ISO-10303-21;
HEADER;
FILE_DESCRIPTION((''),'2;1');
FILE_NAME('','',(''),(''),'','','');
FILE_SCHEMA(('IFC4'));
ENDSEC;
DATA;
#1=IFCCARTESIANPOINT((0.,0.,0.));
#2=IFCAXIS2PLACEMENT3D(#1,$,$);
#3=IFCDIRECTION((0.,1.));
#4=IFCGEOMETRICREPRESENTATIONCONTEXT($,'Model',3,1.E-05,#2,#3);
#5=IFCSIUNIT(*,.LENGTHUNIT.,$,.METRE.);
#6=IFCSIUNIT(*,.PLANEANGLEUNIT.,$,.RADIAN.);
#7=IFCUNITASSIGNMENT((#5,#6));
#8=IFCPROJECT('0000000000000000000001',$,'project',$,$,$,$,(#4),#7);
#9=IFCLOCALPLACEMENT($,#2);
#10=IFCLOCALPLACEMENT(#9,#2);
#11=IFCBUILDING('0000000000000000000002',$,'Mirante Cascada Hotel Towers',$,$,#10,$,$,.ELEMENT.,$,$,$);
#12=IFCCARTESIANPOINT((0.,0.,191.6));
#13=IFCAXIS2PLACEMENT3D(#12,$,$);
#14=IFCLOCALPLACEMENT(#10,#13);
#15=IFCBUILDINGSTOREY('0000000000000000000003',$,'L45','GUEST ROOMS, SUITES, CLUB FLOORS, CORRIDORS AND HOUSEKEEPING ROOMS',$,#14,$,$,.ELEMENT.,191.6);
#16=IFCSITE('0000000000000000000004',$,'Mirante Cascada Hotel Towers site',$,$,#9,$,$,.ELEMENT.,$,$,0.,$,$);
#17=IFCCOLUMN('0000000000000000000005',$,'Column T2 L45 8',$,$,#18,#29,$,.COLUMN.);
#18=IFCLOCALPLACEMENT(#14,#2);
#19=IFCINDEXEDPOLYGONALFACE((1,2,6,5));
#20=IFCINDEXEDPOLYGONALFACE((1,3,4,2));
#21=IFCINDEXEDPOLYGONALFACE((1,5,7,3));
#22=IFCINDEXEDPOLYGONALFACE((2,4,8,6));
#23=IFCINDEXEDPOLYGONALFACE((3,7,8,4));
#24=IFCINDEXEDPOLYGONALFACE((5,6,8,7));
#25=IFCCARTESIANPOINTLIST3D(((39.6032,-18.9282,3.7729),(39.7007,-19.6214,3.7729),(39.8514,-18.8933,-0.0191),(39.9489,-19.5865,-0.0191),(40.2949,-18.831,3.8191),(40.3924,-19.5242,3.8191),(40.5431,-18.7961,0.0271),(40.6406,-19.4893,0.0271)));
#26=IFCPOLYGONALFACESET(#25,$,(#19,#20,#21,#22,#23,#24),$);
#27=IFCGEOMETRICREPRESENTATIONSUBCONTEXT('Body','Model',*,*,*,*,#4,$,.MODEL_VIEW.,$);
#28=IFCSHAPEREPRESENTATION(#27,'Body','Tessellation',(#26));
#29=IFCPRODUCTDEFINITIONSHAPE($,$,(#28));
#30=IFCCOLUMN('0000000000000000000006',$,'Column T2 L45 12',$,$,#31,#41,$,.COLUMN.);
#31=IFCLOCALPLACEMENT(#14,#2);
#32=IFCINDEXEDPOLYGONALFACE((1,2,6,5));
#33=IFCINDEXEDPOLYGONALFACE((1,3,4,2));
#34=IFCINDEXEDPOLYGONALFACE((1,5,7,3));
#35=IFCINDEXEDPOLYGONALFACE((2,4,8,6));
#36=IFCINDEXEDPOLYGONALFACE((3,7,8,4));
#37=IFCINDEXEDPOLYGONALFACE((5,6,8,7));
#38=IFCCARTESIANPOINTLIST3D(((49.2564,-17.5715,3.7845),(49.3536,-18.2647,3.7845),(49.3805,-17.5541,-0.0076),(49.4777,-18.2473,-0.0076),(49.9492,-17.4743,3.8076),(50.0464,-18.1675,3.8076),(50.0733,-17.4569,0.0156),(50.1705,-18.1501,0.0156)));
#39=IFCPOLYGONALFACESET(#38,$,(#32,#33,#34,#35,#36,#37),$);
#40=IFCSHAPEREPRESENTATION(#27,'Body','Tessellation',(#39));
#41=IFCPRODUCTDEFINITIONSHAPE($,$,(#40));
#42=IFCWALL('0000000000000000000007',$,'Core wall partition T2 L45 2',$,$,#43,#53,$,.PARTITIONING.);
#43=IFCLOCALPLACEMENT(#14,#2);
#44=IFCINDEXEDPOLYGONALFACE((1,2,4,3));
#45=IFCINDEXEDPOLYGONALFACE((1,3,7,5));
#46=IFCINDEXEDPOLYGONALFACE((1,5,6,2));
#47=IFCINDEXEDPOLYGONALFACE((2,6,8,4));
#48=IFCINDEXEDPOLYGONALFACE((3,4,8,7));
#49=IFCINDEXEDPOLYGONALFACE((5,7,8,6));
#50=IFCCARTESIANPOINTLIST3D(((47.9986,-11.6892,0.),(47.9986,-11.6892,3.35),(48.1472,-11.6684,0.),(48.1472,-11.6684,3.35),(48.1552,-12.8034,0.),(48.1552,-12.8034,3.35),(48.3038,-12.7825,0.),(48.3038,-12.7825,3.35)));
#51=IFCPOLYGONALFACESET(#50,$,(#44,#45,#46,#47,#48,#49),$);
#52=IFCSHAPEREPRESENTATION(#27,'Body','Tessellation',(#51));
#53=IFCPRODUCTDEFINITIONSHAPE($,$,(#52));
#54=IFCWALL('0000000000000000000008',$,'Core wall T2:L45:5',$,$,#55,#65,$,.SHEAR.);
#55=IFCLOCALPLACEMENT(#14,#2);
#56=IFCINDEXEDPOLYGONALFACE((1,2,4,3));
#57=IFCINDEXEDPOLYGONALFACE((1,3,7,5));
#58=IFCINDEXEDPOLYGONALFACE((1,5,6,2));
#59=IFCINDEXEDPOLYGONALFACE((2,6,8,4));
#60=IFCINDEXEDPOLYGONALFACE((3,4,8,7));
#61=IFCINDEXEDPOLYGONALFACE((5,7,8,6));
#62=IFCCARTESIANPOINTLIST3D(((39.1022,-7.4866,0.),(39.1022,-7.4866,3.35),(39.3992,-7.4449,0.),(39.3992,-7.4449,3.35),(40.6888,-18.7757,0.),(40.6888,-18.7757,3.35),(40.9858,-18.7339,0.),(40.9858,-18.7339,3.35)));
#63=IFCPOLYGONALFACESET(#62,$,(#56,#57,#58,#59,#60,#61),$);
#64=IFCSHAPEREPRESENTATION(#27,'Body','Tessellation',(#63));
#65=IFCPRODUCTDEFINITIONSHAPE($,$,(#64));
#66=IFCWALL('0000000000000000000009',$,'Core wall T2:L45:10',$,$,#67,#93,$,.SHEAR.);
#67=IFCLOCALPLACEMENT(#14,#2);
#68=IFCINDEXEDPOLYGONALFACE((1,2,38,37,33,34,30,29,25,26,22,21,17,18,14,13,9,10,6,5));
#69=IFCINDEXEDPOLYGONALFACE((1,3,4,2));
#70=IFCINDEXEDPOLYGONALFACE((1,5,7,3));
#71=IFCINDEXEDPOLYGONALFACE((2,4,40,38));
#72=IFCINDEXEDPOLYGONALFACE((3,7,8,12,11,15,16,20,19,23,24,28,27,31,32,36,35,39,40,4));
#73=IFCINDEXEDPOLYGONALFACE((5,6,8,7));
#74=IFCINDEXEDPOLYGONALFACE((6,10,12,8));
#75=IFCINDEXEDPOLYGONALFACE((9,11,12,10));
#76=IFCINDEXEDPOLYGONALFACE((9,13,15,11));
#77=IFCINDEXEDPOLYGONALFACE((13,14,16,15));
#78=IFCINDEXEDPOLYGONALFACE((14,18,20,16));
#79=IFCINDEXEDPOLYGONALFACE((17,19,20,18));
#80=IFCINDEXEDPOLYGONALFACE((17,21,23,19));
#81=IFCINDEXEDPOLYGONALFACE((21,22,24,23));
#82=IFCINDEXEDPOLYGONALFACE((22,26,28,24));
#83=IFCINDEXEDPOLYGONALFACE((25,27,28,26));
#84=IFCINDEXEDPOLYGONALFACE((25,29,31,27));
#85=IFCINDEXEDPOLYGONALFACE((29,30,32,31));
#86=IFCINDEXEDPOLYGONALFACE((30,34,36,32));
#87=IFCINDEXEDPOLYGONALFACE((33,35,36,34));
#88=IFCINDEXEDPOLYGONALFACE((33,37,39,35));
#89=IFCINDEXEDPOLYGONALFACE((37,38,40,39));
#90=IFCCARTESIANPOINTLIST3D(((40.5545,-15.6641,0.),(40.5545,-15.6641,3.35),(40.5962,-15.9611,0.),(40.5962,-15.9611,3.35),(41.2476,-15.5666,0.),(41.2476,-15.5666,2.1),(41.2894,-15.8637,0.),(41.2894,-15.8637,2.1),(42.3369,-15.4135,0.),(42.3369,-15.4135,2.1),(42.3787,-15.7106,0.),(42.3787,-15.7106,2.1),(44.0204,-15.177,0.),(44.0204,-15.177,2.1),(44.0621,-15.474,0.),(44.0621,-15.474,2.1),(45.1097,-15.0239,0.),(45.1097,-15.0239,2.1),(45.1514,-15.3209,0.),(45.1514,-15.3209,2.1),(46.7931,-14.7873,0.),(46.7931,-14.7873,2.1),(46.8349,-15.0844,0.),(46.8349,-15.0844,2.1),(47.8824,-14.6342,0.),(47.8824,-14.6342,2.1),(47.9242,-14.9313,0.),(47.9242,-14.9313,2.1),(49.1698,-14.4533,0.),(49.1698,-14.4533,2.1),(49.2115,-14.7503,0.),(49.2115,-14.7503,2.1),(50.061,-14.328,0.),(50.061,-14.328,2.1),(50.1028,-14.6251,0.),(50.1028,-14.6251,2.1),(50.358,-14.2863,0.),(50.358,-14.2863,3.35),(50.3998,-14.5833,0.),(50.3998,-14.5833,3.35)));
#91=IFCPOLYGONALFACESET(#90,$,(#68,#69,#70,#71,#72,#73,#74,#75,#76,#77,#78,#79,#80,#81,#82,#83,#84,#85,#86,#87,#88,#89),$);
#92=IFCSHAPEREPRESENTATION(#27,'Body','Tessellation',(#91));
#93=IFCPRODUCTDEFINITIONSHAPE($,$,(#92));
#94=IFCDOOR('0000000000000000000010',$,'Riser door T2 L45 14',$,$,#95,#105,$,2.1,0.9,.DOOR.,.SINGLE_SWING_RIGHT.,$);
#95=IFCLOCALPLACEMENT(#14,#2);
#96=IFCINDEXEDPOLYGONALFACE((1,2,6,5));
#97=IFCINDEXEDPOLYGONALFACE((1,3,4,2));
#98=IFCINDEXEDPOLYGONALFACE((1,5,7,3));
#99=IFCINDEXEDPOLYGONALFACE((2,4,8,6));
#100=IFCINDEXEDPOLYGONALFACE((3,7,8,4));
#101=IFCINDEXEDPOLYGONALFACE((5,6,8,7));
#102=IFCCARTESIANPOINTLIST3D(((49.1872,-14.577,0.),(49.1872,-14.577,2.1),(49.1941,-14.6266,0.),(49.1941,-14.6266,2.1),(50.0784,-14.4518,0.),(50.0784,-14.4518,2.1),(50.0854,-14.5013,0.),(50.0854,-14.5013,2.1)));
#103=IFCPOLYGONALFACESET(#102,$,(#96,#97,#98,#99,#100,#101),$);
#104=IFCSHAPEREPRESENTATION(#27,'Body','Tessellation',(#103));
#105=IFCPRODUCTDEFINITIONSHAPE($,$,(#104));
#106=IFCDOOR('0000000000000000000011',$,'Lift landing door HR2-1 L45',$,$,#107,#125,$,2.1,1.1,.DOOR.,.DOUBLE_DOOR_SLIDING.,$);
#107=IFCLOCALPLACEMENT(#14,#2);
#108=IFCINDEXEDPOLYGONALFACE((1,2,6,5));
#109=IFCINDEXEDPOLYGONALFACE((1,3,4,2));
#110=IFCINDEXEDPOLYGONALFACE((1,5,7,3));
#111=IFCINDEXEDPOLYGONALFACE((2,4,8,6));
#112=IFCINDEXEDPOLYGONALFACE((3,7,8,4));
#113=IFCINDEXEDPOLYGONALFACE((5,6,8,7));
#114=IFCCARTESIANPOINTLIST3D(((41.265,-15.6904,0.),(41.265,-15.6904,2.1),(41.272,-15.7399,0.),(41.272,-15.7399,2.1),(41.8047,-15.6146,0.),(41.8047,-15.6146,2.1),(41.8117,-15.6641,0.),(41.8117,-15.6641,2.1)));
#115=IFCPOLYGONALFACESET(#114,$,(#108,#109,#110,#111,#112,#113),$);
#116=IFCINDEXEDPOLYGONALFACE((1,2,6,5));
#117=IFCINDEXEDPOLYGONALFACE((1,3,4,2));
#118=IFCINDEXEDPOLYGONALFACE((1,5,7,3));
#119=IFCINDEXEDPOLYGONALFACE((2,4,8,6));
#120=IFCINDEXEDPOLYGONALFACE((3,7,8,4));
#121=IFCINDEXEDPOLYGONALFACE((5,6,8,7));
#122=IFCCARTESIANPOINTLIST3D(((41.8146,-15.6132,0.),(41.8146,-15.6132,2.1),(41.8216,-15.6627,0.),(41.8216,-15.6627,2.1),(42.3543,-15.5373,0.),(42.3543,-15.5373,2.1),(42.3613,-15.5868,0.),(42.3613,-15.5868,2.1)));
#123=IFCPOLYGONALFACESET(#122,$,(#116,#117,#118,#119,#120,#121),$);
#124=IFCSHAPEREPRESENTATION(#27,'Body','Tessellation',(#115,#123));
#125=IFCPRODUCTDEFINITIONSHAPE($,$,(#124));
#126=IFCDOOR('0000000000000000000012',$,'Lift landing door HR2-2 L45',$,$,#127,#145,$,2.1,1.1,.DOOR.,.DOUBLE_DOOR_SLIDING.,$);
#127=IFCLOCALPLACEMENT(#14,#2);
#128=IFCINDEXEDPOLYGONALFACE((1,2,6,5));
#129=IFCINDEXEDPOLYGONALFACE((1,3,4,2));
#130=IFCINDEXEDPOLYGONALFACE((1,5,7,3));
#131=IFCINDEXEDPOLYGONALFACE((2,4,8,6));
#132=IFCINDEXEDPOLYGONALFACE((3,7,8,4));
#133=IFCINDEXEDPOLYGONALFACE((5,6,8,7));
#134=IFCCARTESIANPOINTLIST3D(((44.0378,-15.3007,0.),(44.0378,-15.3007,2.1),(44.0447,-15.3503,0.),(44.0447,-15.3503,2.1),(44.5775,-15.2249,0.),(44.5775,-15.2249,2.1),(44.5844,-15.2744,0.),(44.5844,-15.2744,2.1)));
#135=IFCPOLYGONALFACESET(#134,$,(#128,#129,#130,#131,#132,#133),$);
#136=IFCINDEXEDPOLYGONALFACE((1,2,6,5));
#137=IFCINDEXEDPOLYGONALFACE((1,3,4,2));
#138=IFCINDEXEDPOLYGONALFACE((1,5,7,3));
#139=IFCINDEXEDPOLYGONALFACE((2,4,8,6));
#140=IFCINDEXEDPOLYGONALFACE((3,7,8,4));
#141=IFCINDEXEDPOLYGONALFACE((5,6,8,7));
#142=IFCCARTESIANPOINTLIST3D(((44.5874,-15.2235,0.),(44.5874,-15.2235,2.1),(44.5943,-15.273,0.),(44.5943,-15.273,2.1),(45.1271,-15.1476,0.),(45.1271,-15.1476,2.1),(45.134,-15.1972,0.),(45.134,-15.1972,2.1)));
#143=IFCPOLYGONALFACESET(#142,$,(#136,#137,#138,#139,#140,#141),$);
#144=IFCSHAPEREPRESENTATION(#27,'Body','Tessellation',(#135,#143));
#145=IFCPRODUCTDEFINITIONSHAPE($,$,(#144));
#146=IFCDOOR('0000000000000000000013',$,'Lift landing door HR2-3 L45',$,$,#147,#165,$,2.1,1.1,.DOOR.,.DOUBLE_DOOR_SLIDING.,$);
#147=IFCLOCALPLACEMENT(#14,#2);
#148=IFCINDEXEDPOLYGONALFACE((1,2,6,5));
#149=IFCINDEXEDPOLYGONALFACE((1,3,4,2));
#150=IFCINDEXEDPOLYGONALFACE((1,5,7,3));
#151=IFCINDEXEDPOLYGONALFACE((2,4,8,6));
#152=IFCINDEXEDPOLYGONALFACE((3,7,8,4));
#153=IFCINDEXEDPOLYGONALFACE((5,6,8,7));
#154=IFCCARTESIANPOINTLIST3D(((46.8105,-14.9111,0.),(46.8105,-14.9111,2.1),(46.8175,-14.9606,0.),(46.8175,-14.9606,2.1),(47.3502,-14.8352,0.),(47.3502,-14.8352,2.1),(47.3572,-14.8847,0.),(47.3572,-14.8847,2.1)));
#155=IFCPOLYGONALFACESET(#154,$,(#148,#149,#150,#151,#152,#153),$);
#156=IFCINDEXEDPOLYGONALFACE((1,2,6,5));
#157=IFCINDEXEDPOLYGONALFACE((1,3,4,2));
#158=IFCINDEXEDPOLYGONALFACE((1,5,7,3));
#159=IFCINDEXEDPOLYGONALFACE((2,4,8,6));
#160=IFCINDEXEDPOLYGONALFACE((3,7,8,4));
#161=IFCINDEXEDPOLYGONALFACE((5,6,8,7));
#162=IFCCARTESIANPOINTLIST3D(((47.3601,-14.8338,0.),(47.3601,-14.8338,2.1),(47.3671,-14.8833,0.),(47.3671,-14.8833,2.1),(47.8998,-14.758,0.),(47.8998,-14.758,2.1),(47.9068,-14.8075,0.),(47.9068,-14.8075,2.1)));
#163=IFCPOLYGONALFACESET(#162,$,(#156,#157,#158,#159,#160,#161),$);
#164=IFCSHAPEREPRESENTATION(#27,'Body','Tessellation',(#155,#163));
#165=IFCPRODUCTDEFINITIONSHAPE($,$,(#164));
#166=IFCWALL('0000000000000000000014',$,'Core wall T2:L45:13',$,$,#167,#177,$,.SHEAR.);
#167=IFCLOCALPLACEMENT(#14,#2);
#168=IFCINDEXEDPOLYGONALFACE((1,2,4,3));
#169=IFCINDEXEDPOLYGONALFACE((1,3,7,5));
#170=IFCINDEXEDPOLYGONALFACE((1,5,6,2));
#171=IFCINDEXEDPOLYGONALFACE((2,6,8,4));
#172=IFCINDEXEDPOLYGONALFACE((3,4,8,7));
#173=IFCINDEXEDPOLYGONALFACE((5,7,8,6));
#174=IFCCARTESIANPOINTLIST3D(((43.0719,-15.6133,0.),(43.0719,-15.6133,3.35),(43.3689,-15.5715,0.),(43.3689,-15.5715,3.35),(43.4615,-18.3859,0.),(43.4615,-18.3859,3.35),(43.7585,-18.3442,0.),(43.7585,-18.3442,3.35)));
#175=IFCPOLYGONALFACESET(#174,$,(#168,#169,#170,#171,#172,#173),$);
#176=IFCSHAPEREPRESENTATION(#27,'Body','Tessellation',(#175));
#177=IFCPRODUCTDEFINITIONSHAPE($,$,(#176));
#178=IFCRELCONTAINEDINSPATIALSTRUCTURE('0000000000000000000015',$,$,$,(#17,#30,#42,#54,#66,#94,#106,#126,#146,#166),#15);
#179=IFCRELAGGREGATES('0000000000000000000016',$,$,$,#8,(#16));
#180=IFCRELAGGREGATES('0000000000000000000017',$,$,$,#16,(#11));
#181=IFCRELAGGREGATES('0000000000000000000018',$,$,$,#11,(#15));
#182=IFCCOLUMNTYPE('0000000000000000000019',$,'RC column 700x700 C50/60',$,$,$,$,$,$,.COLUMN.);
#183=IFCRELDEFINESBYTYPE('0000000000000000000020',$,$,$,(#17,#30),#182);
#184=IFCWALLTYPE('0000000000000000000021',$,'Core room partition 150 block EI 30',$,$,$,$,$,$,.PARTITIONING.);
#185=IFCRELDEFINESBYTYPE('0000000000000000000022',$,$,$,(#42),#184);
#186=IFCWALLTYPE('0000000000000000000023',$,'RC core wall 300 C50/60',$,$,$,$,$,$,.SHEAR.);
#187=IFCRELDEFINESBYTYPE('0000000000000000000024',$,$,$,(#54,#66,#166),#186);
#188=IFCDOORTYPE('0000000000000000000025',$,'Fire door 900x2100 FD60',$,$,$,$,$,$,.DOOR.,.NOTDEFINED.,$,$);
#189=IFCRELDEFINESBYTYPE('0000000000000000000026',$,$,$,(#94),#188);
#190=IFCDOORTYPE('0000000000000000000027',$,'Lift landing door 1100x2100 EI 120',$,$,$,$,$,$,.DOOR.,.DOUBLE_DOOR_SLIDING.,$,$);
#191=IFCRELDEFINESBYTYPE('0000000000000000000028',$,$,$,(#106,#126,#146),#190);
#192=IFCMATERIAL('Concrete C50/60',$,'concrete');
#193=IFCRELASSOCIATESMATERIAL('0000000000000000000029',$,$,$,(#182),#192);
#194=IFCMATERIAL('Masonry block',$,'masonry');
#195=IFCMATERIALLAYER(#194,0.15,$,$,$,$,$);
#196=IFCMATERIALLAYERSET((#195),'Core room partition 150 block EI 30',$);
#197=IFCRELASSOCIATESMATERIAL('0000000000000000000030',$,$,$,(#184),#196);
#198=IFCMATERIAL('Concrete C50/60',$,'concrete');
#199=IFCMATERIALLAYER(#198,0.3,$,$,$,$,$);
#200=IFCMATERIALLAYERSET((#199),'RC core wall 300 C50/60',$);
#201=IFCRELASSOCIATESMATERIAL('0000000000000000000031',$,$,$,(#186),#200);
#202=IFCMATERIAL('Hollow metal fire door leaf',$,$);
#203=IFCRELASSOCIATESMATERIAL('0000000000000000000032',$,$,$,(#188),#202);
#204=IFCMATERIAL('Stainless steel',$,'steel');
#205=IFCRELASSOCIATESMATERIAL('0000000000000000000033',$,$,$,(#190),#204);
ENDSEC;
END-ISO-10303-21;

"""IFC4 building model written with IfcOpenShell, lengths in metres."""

from ifc_helpers import new_model, si_unit, direction, frame, frame_2d, origin, origin_2d, place, context, subcontext, project, spatial, rectangle, extrude, material, layer, layer_set, material_profile, profile_set, type_object, element, fill, save


model = new_model("IFC4")

# Units and contexts
model_context = context("Model", 3, precision=1e-05, world=origin(), true_north=direction((0.0, 1.0)))
body_context = subcontext(model_context, "Body", "Model", "MODEL_VIEW")
ifc_project = project(units=[si_unit("LENGTHUNIT", "METRE"), si_unit("PLANEANGLEUNIT", "RADIAN")], contexts=[model_context])

# Site, building, storey
site_placement = place(None, origin())
site = spatial("IfcSite", under=ifc_project, at=site_placement, Name="Mirante Cascada Hotel Towers site", CompositionType="ELEMENT", RefElevation=0.0)
building_placement = place(site_placement, origin())
building = spatial("IfcBuilding", under=site, at=building_placement, Name="Mirante Cascada Hotel Towers", CompositionType="ELEMENT")
storey_placement = place(building_placement, frame((0.0, 0.0, 191.6)))
storey = spatial("IfcBuildingStorey", under=building, at=storey_placement, Name="L45", Description="GUEST ROOMS, SUITES, CLUB FLOORS, CORRIDORS AND HOUSEKEEPING ROOMS", CompositionType="ELEMENT", Elevation=191.6)

# Columns
ifc_material_1 = material(Name="Concrete C50/60", Category="concrete")
ifc_material_profile = material_profile(ifc_material_1, rectangle(XDim=0.7, YDim=0.7, at=origin_2d()), Name="RC column 700x700 C50/60")
ifc_profile_set = profile_set([ifc_material_profile], Name="Concrete C50/60")
column_type = type_object("IfcColumnType", Name="RC column 700x700 C50/60", PredefinedType="COLUMN", material=ifc_profile_set)
column_1_placement = place(storey_placement, frame((40.246, -19.1913, 0.004), z_axis=(-0.065311, -0.009184, 0.997823), x_axis=(0.139243, -0.990258, 0.0)))
element("IfcColumn", 1, at=column_1_placement, inside=storey, type_object=column_type, Name="Column T2 L45 8", PredefinedType="COLUMN", context=body_context, shape_type="SweptSolid", body=[
    extrude(rectangle(XDim=0.7, YDim=0.7, at=origin_2d()), origin(), (0.0, 0.0, 1.0), 3.8003),
])
column_2_placement = place(storey_placement, frame((49.7755, -17.8521, 0.004), z_axis=(-0.032709, -0.004586, 0.999454), x_axis=(0.138851, -0.990313, 0.0)))
element("IfcColumn", 2, at=column_2_placement, inside=storey, type_object=column_type, Name="Column T2 L45 12", PredefinedType="COLUMN", context=body_context, shape_type="SweptSolid", body=[
    extrude(rectangle(XDim=0.7, YDim=0.7, at=origin_2d()), origin(), (0.0, 0.0, 1.0), 3.7941),
])

# Walls
ifc_material_2 = material(Name="Masonry block", Category="masonry")
ifc_layer_1 = layer(ifc_material_2, 0.15)
ifc_layer_set_1 = layer_set([ifc_layer_1], Name="Core room partition 150 block EI 30")
wall_type_1 = type_object("IfcWallType", Name="Core room partition 150 block EI 30", PredefinedType="PARTITIONING", material=ifc_layer_set_1)
wall_1_placement = place(storey_placement, frame((48.2295, -12.793, 0.0), z_axis=(0.0, 0.0, 1.0), x_axis=(-0.139193, 0.990265, 0.0)))
element("IfcWall", 3, at=wall_1_placement, inside=storey, type_object=wall_type_1, Name="Core wall partition T2 L45 2", PredefinedType="PARTITIONING", context=body_context, shape_type="SweptSolid", body=[
    extrude(rectangle(XDim=1.1251, YDim=0.15, at=frame_2d((0.5626, 0.0))), origin(), (0.0, 0.0, 1.0), 3.35),
])
ifc_material_3 = material(Name="Concrete C50/60", Category="concrete")
ifc_layer_2 = layer(ifc_material_3, 0.3)
ifc_layer_set_2 = layer_set([ifc_layer_2], Name="RC core wall 300 C50/60")
wall_type_2 = type_object("IfcWallType", Name="RC core wall 300 C50/60", PredefinedType="SHEAR", material=ifc_layer_set_2)
wall_2_placement = place(storey_placement, frame((40.8373, -18.7548, 0.0), z_axis=(0.0, 0.0, 1.0), x_axis=(-0.139175, 0.990268, 0.0)))
element("IfcWall", 4, at=wall_2_placement, inside=storey, type_object=wall_type_2, Name="Core wall T2:L45:5", PredefinedType="SHEAR", context=body_context, shape_type="SweptSolid", body=[
    extrude(rectangle(XDim=11.4, YDim=0.3, at=frame_2d((5.7, 0.0))), origin(), (0.0, 0.0, 1.0), 3.35),
])

# Wall, openings, doors
wall_3_placement = place(storey_placement, frame((40.5753, -15.8126, 0.0), z_axis=(0.0, 0.0, 1.0), x_axis=(0.990268, 0.139173, 0.0)))
wall_3 = element("IfcWall", 5, at=wall_3_placement, inside=storey, type_object=wall_type_2, Name="Core wall T2:L45:10", PredefinedType="SHEAR", context=body_context, shape_type="SweptSolid", body=[
    extrude(rectangle(XDim=9.8999, YDim=0.3, at=frame_2d((4.95, 0.0))), origin(), (0.0, 0.0, 1.0), 3.35),
])
opening_1_placement = place(wall_3_placement, frame((0.7, 0.0, 0.0)))
opening_1 = element("IfcOpeningElement", 6, at=opening_1_placement, cuts=wall_3, PredefinedType="OPENING", context=body_context, shape_type="SweptSolid", body=[
    extrude(rectangle(XDim=1.1, YDim=2.1, at=frame_2d((0.55, 1.05))), frame((0.0, 0.15, 0.0), z_axis=(0.0, -1.0, 0.0), x_axis=(1.0, 0.0, 0.0)), (0.0, 0.0, 1.0), 0.3),
])
opening_2_placement = place(wall_3_placement, frame((3.5, 0.0, 0.0)))
opening_2 = element("IfcOpeningElement", 7, at=opening_2_placement, cuts=wall_3, PredefinedType="OPENING", context=body_context, shape_type="SweptSolid", body=[
    extrude(rectangle(XDim=1.1, YDim=2.1, at=frame_2d((0.55, 1.05))), frame((0.0, 0.15, 0.0), z_axis=(0.0, -1.0, 0.0), x_axis=(1.0, 0.0, 0.0)), (0.0, 0.0, 1.0), 0.3),
])
opening_3_placement = place(wall_3_placement, frame((6.3, 0.0, 0.0)))
opening_3 = element("IfcOpeningElement", 8, at=opening_3_placement, cuts=wall_3, PredefinedType="OPENING", context=body_context, shape_type="SweptSolid", body=[
    extrude(rectangle(XDim=1.1, YDim=2.1, at=frame_2d((0.55, 1.05))), frame((0.0, 0.15, 0.0), z_axis=(0.0, -1.0, 0.0), x_axis=(1.0, 0.0, 0.0)), (0.0, 0.0, 1.0), 0.3),
])
opening_4_placement = place(wall_3_placement, frame((8.7, 0.0, 0.0)))
opening_4 = element("IfcOpeningElement", 9, at=opening_4_placement, cuts=wall_3, PredefinedType="OPENING", context=body_context, shape_type="SweptSolid", body=[
    extrude(rectangle(XDim=0.9, YDim=2.1, at=frame_2d((0.45, 1.05))), frame((0.0, 0.15, 0.0), z_axis=(0.0, -1.0, 0.0), x_axis=(1.0, 0.0, 0.0)), (0.0, 0.0, 1.0), 0.3),
])
ifc_material_4 = material(Name="Hollow metal fire door leaf")
door_type_1 = type_object("IfcDoorType", Name="Fire door 900x2100 FD60", OperationType="NOTDEFINED", PredefinedType="DOOR", material=ifc_material_4)
door_1_placement = place(opening_4_placement, frame((0.9, 0.0, 0.0), z_axis=(0.0, 0.0, 1.0), x_axis=(-1.0, 0.0, 0.0)))
door_1 = element("IfcDoor", 10, at=door_1_placement, inside=storey, type_object=door_type_1, Name="Riser door T2 L45 14", OperationType="SINGLE_SWING_RIGHT", OverallHeight=2.1, OverallWidth=0.9, PredefinedType="DOOR", context=body_context, shape_type="SweptSolid", body=[
    extrude(rectangle(XDim=0.9, YDim=2.1, at=frame_2d((0.45, 1.05))), frame((0.0, 0.025, 0.0), z_axis=(0.0, -1.0, 0.0), x_axis=(1.0, 0.0, 0.0)), (0.0, 0.0, 1.0), 0.05),
])
fill(opening_4, door_1)
ifc_material_5 = material(Name="Stainless steel", Category="steel")
door_type_2 = type_object("IfcDoorType", Name="Lift landing door 1100x2100 EI 120", OperationType="DOUBLE_DOOR_SLIDING", PredefinedType="DOOR", material=ifc_material_5)
door_2_placement = place(opening_1_placement, origin())
door_2 = element("IfcDoor", 11, at=door_2_placement, inside=storey, type_object=door_type_2, Name="Lift landing door HR2-1 L45", OperationType="DOUBLE_DOOR_SLIDING", OverallHeight=2.1, OverallWidth=1.1, PredefinedType="DOOR", context=body_context, shape_type="SweptSolid", body=[
    extrude(rectangle(XDim=0.545, YDim=2.1, at=frame_2d((0.2725, 1.05))), frame((0.0, 0.025, 0.0), z_axis=(0.0, -1.0, 0.0), x_axis=(1.0, 0.0, 0.0)), (0.0, 0.0, 1.0), 0.05),
    extrude(rectangle(XDim=0.545, YDim=2.1, at=frame_2d((0.8275, 1.05))), frame((0.0, 0.025, 0.0), z_axis=(0.0, -1.0, 0.0), x_axis=(1.0, 0.0, 0.0)), (0.0, 0.0, 1.0), 0.05),
])
fill(opening_1, door_2)
door_3_placement = place(opening_2_placement, origin())
door_3 = element("IfcDoor", 12, at=door_3_placement, inside=storey, type_object=door_type_2, Name="Lift landing door HR2-2 L45", OperationType="DOUBLE_DOOR_SLIDING", OverallHeight=2.1, OverallWidth=1.1, PredefinedType="DOOR", context=body_context, shape_type="SweptSolid", body=[
    extrude(rectangle(XDim=0.545, YDim=2.1, at=frame_2d((0.2725, 1.05))), frame((0.0, 0.025, 0.0), z_axis=(0.0, -1.0, 0.0), x_axis=(1.0, 0.0, 0.0)), (0.0, 0.0, 1.0), 0.05),
    extrude(rectangle(XDim=0.545, YDim=2.1, at=frame_2d((0.8275, 1.05))), frame((0.0, 0.025, 0.0), z_axis=(0.0, -1.0, 0.0), x_axis=(1.0, 0.0, 0.0)), (0.0, 0.0, 1.0), 0.05),
])
fill(opening_2, door_3)
door_4_placement = place(opening_3_placement, origin())
door_4 = element("IfcDoor", 13, at=door_4_placement, inside=storey, type_object=door_type_2, Name="Lift landing door HR2-3 L45", OperationType="DOUBLE_DOOR_SLIDING", OverallHeight=2.1, OverallWidth=1.1, PredefinedType="DOOR", context=body_context, shape_type="SweptSolid", body=[
    extrude(rectangle(XDim=0.545, YDim=2.1, at=frame_2d((0.2725, 1.05))), frame((0.0, 0.025, 0.0), z_axis=(0.0, -1.0, 0.0), x_axis=(1.0, 0.0, 0.0)), (0.0, 0.0, 1.0), 0.05),
    extrude(rectangle(XDim=0.545, YDim=2.1, at=frame_2d((0.8275, 1.05))), frame((0.0, 0.025, 0.0), z_axis=(0.0, -1.0, 0.0), x_axis=(1.0, 0.0, 0.0)), (0.0, 0.0, 1.0), 0.05),
])
fill(opening_3, door_4)

# Wall
wall_4_placement = place(storey_placement, frame((43.61, -18.3651, 0.0), z_axis=(0.0, 0.0, 1.0), x_axis=(-0.139146, 0.990272, 0.0)))
element("IfcWall", 14, at=wall_4_placement, inside=storey, type_object=wall_type_2, Name="Core wall T2:L45:13", PredefinedType="SHEAR", context=body_context, shape_type="SweptSolid", body=[
    extrude(rectangle(XDim=2.7999, YDim=0.3, at=frame_2d((1.4, 0.0))), origin(), (0.0, 0.0, 1.0), 3.35),
])

save(model, "model.ifc")
